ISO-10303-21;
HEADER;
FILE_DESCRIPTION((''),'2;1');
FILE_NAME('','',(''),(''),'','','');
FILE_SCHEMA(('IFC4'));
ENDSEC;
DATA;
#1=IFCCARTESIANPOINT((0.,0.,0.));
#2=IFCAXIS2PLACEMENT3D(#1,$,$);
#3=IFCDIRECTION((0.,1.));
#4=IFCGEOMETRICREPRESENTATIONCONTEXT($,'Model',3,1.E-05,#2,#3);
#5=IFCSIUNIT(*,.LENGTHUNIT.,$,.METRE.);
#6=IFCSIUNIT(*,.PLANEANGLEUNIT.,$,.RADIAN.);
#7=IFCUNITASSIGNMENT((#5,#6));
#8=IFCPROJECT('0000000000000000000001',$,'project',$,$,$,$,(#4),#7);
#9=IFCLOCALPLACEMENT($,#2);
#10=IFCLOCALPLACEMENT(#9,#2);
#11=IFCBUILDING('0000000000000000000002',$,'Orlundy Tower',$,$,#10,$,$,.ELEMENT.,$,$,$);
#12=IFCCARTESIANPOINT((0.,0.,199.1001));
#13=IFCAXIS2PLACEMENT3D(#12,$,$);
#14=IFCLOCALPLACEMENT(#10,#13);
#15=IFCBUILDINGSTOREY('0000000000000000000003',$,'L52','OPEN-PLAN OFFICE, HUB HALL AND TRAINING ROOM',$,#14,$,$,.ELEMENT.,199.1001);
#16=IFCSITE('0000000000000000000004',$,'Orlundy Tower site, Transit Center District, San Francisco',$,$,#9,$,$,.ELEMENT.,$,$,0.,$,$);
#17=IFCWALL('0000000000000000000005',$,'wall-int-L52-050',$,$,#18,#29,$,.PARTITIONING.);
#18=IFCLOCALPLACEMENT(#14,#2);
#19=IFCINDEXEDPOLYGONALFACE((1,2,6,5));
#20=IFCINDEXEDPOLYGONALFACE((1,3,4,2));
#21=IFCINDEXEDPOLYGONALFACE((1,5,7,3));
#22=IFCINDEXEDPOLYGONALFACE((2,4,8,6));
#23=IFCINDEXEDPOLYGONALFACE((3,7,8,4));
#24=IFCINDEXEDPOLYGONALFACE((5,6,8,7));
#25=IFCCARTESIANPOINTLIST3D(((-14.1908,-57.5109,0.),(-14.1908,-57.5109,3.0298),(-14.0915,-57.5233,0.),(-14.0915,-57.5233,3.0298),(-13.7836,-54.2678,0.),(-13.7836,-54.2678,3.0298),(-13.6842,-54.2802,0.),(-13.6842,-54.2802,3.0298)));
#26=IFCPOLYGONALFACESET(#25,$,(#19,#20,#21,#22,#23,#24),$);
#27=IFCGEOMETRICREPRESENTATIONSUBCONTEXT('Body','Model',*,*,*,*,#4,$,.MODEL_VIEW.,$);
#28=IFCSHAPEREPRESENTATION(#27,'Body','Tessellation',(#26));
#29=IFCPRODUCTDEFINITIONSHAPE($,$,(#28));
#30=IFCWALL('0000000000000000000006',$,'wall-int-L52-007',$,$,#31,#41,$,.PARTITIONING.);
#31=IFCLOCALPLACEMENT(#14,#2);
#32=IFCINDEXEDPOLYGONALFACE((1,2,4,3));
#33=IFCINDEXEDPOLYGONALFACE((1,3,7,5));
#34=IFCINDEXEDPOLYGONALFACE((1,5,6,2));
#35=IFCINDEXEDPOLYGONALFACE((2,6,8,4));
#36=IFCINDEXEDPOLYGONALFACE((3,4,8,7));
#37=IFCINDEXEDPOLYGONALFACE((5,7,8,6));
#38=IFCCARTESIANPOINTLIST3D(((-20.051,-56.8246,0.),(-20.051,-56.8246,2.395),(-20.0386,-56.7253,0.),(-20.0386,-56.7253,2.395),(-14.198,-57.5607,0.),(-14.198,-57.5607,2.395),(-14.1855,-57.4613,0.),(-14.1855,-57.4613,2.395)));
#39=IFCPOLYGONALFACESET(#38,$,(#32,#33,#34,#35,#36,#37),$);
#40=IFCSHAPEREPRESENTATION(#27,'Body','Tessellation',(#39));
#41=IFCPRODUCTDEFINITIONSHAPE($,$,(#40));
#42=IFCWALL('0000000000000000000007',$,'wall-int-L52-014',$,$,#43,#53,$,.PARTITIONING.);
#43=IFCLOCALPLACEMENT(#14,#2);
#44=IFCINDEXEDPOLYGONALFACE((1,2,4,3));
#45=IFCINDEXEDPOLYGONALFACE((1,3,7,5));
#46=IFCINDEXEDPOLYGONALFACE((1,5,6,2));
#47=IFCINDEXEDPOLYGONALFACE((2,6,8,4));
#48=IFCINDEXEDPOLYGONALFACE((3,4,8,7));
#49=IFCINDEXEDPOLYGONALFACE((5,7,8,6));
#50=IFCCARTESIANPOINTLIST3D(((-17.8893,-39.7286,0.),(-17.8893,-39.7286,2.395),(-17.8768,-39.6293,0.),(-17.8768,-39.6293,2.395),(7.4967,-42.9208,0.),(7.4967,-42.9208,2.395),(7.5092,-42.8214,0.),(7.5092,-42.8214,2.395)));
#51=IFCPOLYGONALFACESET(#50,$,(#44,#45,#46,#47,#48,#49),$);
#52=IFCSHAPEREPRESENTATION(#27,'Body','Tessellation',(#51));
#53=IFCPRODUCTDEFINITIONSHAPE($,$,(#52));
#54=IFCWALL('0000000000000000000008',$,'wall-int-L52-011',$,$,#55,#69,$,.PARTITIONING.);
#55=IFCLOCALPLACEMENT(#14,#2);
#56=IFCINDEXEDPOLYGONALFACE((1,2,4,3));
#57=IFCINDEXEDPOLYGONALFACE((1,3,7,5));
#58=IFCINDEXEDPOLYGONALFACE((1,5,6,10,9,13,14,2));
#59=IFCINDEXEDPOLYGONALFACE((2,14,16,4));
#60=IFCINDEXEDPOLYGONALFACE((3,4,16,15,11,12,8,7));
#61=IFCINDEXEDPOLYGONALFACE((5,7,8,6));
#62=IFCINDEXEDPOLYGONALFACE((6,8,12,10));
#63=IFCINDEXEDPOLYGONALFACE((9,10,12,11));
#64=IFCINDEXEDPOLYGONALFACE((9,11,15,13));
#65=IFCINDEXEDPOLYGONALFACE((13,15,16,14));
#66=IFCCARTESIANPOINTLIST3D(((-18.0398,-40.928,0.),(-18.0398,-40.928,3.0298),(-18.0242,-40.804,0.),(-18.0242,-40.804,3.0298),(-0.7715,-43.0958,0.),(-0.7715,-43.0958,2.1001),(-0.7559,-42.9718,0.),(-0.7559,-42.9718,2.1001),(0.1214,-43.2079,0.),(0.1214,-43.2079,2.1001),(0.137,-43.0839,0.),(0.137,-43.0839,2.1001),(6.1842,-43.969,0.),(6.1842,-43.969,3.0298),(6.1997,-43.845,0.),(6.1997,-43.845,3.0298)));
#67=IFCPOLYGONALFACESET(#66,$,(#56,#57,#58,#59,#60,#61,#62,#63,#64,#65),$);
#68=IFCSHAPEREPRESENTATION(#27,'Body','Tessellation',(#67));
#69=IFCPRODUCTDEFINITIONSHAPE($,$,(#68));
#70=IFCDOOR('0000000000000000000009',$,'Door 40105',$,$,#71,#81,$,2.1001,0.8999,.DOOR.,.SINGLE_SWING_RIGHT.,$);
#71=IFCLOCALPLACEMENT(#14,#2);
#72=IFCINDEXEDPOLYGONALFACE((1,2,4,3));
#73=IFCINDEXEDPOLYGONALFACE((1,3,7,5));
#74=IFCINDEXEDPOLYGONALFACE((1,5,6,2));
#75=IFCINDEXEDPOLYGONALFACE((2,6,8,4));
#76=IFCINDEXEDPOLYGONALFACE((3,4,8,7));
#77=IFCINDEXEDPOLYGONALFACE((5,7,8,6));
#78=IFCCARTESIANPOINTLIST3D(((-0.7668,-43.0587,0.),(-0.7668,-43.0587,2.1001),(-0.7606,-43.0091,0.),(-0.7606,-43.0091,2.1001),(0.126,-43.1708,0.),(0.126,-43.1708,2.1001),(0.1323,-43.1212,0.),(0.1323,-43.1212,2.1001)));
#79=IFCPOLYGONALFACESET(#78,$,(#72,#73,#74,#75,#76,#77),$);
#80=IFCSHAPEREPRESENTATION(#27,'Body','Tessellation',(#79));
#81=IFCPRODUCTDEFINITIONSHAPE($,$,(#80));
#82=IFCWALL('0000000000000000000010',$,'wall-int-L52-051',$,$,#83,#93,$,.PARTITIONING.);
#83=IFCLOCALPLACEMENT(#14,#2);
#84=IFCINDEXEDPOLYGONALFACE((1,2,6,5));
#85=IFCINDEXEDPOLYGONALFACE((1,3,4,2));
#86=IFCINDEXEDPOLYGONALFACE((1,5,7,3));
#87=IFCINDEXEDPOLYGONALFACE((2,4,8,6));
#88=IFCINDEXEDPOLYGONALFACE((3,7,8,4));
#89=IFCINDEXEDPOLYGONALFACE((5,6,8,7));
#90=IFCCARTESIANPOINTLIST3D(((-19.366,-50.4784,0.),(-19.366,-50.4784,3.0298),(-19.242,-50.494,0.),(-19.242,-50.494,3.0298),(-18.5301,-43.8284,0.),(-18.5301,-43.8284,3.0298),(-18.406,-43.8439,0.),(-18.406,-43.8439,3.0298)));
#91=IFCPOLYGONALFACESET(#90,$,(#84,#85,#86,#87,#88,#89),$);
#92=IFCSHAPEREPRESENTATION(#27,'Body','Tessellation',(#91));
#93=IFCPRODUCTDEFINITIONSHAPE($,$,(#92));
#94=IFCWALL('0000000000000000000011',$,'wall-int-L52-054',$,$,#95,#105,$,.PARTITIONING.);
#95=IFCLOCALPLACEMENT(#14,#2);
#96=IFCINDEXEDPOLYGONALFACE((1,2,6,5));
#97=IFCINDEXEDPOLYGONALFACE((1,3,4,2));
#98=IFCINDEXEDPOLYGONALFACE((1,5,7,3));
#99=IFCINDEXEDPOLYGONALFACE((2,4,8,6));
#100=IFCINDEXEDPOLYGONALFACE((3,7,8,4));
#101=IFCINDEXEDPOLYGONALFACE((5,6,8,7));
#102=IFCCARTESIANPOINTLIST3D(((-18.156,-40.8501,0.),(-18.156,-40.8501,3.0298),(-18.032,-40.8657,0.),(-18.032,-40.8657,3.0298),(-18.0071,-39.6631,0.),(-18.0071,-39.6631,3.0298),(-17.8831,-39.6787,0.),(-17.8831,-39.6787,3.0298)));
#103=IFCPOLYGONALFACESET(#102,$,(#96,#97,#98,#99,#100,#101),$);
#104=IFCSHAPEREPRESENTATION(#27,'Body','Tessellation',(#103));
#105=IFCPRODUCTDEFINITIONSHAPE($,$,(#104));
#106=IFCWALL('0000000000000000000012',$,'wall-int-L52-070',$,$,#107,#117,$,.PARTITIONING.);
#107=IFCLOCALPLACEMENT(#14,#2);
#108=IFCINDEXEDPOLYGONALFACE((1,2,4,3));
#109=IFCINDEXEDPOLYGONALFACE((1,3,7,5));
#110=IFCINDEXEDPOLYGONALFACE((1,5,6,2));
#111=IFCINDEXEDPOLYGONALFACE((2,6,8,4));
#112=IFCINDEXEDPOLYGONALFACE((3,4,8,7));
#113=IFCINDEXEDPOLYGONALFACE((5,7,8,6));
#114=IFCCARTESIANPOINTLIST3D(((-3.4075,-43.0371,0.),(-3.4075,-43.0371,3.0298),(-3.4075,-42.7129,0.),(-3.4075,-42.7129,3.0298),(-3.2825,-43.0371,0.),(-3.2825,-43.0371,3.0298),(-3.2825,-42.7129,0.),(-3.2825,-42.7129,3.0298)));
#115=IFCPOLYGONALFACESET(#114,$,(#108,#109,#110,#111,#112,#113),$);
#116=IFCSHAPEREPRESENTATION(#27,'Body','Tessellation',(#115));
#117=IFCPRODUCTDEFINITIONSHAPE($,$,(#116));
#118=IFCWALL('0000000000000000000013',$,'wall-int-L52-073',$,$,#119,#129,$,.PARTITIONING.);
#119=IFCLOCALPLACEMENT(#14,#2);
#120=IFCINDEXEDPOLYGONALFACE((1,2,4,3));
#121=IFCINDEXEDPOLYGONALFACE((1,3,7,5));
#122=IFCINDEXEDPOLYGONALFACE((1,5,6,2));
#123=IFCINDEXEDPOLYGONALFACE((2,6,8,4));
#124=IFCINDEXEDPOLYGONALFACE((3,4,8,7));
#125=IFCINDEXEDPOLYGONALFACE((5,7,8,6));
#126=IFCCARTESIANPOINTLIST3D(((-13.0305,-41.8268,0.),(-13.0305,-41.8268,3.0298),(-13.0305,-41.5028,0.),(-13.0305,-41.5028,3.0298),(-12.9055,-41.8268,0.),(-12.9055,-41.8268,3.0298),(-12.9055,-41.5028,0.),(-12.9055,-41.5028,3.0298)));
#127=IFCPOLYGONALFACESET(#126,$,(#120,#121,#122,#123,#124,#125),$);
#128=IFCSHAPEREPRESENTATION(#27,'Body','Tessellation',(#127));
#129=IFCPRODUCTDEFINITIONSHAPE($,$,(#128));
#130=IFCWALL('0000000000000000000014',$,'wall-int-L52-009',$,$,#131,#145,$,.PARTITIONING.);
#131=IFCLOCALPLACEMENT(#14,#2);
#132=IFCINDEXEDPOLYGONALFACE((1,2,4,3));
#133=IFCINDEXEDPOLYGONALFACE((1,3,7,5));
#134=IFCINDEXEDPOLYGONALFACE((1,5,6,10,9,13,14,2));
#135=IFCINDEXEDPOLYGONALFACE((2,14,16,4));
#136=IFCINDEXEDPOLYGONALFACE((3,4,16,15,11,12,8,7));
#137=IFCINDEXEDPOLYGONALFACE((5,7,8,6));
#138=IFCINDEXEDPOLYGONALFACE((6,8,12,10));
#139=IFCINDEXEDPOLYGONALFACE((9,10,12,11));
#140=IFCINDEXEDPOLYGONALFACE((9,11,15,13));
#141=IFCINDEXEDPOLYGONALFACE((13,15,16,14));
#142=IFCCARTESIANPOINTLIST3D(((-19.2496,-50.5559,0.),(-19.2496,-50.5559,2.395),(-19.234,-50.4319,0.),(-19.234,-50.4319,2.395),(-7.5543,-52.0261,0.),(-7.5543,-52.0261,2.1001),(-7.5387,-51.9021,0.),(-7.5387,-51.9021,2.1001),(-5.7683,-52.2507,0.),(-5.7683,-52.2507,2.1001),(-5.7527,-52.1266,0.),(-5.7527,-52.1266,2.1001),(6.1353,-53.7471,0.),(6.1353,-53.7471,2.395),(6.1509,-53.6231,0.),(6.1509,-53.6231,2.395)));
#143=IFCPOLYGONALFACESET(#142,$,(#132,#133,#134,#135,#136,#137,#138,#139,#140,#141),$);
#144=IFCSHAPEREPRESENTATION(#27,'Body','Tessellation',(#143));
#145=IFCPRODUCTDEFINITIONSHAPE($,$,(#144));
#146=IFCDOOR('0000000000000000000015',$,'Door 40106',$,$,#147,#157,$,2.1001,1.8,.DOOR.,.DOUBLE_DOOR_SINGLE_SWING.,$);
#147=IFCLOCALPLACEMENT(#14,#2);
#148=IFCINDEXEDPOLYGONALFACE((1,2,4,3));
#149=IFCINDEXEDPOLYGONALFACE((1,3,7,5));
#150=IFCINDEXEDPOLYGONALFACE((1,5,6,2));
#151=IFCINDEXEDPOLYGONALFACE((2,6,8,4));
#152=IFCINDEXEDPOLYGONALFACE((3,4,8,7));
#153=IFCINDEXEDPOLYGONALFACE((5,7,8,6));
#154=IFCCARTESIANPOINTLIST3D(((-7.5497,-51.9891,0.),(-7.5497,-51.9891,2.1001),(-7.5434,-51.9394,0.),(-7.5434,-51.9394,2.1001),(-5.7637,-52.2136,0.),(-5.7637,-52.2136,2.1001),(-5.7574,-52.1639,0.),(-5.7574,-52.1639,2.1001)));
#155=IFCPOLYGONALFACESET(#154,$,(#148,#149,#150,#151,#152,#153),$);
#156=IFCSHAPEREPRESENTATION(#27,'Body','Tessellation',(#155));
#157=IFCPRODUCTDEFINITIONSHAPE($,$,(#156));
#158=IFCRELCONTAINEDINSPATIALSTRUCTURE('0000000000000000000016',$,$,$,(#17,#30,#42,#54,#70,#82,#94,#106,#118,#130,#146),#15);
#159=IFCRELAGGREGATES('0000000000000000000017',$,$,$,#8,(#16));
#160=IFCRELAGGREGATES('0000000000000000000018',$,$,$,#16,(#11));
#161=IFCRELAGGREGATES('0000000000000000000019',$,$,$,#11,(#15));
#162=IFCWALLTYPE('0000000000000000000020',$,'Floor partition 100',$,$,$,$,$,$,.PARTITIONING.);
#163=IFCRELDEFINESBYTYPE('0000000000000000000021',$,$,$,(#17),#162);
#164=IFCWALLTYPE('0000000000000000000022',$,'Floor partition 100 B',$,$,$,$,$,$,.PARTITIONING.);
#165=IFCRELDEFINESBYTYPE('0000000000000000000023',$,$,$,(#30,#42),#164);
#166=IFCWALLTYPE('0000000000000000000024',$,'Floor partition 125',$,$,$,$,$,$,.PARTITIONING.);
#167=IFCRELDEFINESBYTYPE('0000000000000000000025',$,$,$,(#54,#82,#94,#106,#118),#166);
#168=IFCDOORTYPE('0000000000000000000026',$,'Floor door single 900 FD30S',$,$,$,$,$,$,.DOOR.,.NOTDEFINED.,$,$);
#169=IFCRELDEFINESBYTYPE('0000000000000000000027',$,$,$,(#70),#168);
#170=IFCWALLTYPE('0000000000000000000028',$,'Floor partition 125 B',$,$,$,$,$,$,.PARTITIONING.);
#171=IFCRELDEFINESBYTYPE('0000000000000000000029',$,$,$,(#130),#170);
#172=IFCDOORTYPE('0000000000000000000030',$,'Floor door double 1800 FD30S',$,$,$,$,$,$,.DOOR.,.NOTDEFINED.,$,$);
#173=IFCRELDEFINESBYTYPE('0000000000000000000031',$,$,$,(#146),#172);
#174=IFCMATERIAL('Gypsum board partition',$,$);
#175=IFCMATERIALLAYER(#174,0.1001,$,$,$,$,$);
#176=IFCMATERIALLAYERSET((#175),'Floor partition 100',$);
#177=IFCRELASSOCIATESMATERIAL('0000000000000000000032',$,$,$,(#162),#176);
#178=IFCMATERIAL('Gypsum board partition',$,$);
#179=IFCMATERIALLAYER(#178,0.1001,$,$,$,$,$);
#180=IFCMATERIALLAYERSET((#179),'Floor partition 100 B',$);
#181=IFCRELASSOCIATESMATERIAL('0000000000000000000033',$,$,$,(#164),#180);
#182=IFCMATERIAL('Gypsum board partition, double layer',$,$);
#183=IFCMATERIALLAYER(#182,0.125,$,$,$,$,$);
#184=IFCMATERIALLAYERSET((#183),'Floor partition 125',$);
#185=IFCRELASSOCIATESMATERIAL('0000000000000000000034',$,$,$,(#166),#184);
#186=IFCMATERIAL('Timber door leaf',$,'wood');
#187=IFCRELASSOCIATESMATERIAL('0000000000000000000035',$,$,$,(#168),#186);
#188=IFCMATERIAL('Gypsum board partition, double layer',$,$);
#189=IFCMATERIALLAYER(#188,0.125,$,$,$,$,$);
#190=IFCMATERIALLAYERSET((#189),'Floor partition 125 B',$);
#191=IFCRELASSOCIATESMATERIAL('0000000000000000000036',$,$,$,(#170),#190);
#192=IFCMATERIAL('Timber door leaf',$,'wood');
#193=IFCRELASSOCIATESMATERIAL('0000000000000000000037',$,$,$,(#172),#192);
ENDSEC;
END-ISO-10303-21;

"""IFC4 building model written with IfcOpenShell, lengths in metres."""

from ifc_helpers import new_model, si_unit, direction, frame, frame_2d, origin, place, context, subcontext, project, spatial, rectangle, extrude, material, layer, layer_set, type_object, element, fill, save


model = new_model("IFC4")

# Units and contexts
model_context = context("Model", 3, precision=1e-05, world=origin(), true_north=direction((0.0, 1.0)))
body_context = subcontext(model_context, "Body", "Model", "MODEL_VIEW")
ifc_project = project(units=[si_unit("LENGTHUNIT", "METRE"), si_unit("PLANEANGLEUNIT", "RADIAN")], contexts=[model_context])

# Site, building, storey
site_placement = place(None, origin())
site = spatial("IfcSite", under=ifc_project, at=site_placement, Name="Orlundy Tower site, Transit Center District, San Francisco", CompositionType="ELEMENT", RefElevation=0.0)
building_placement = place(site_placement, origin())
building = spatial("IfcBuilding", under=site, at=building_placement, Name="Orlundy Tower", CompositionType="ELEMENT")
storey_placement = place(building_placement, frame((0.0, 0.0, 199.1001)))
storey = spatial("IfcBuildingStorey", under=building, at=storey_placement, Name="L52", Description="OPEN-PLAN OFFICE, HUB HALL AND TRAINING ROOM", CompositionType="ELEMENT", Elevation=199.1001)

# Walls
ifc_material_1 = material(Name="Gypsum board partition")
ifc_layer_1 = layer(ifc_material_1, 0.1001)
ifc_layer_set_1 = layer_set([ifc_layer_1], Name="Floor partition 100")
wall_type_1 = type_object("IfcWallType", Name="Floor partition 100", PredefinedType="PARTITIONING", material=ifc_layer_set_1)
wall_1_placement = place(storey_placement, frame((-14.1411, -57.5171, 0.0), z_axis=(0.0, 0.0, 1.0), x_axis=(0.124586, 0.992209, 0.0)))
element("IfcWall", 1, at=wall_1_placement, inside=storey, type_object=wall_type_1, Name="wall-int-L52-050", PredefinedType="PARTITIONING", context=body_context, shape_type="SweptSolid", body=[
    extrude(rectangle(XDim=3.2686, YDim=0.1001, at=frame_2d((1.6343, 0.0))), origin(), (0.0, 0.0, 1.0), 3.0298),
])
ifc_material_2 = material(Name="Gypsum board partition")
ifc_layer_2 = layer(ifc_material_2, 0.1001)
ifc_layer_set_2 = layer_set([ifc_layer_2], Name="Floor partition 100 B")
wall_type_2 = type_object("IfcWallType", Name="Floor partition 100 B", PredefinedType="PARTITIONING", material=ifc_layer_set_2)
wall_2_placement = place(storey_placement, frame((-20.0449, -56.7749, 0.0), z_axis=(0.0, 0.0, 1.0), x_axis=(0.992185, -0.124778, 0.0)))
element("IfcWall", 2, at=wall_2_placement, inside=storey, type_object=wall_type_2, Name="wall-int-L52-007", PredefinedType="PARTITIONING", context=body_context, shape_type="SweptSolid", body=[
    extrude(rectangle(XDim=5.8992, YDim=0.1001, at=frame_2d((2.9497, 0.0))), origin(), (0.0, 0.0, 1.0), 2.395),
])
wall_3_placement = place(storey_placement, frame((-17.8831, -39.679, 0.0), z_axis=(0.0, 0.0, 1.0), x_axis=(0.992187, -0.124762, 0.0)))
element("IfcWall", 3, at=wall_3_placement, inside=storey, type_object=wall_type_2, Name="wall-int-L52-014", PredefinedType="PARTITIONING", context=body_context, shape_type="SweptSolid", body=[
    extrude(rectangle(XDim=25.5859, YDim=0.1001, at=frame_2d((12.793, 0.0))), origin(), (0.0, 0.0, 1.0), 2.395),
])

# Wall, opening, door
ifc_material_3 = material(Name="Gypsum board partition, double layer")
ifc_layer_3 = layer(ifc_material_3, 0.125)
ifc_layer_set_3 = layer_set([ifc_layer_3], Name="Floor partition 125")
wall_type_3 = type_object("IfcWallType", Name="Floor partition 125", PredefinedType="PARTITIONING", material=ifc_layer_set_3)
wall_4_placement = place(storey_placement, frame((-18.032, -40.866, 0.0), z_axis=(0.0, 0.0, 1.0), x_axis=(0.992212, -0.12456, 0.0)))
wall_4 = element("IfcWall", 4, at=wall_4_placement, inside=storey, type_object=wall_type_3, Name="wall-int-L52-011", PredefinedType="PARTITIONING", context=body_context, shape_type="SweptSolid", body=[
    extrude(rectangle(XDim=24.4141, YDim=0.125, at=frame_2d((12.207, 0.0))), origin(), (0.0, 0.0, 1.0), 3.0298),
])
opening_1_placement = place(wall_4_placement, frame((17.4038, 0.0, 0.0)))
opening_1 = element("IfcOpeningElement", 5, at=opening_1_placement, cuts=wall_4, PredefinedType="OPENING", context=body_context, shape_type="SweptSolid", body=[
    extrude(rectangle(XDim=0.8999, YDim=2.1001, at=frame_2d((0.45, 1.05))), frame((0.0, 0.0725, 0.0), z_axis=(0.0, -1.0, 0.0), x_axis=(1.0, 0.0, 0.0)), (0.0, 0.0, 1.0), 0.145),
])
ifc_material_4 = material(Name="Timber door leaf", Category="wood")
door_type_1 = type_object("IfcDoorType", Name="Floor door single 900 FD30S", OperationType="NOTDEFINED", PredefinedType="DOOR", material=ifc_material_4)
door_1_placement = place(opening_1_placement, origin())
door_1 = element("IfcDoor", 6, at=door_1_placement, inside=storey, type_object=door_type_1, Name="Door 40105", OperationType="SINGLE_SWING_RIGHT", OverallHeight=2.1001, OverallWidth=0.8999, PredefinedType="DOOR", context=body_context, shape_type="SweptSolid", body=[
    extrude(rectangle(XDim=0.8999, YDim=2.1001, at=frame_2d((0.45, 1.05))), frame((0.0, 0.0249, 0.0), z_axis=(0.0, -1.0, 0.0), x_axis=(1.0, 0.0, 0.0)), (0.0, 0.0, 1.0), 0.05),
])
fill(opening_1, door_1)

# Walls
wall_5_placement = place(storey_placement, frame((-19.304, -50.4861, 0.0), z_axis=(0.0, 0.0, 1.0), x_axis=(0.124721, 0.992192, 0.0)))
element("IfcWall", 7, at=wall_5_placement, inside=storey, type_object=wall_type_3, Name="wall-int-L52-051", PredefinedType="PARTITIONING", context=body_context, shape_type="SweptSolid", body=[
    extrude(rectangle(XDim=6.7024, YDim=0.125, at=frame_2d((3.3511, 0.0))), origin(), (0.0, 0.0, 1.0), 3.0298),
])
wall_6_placement = place(storey_placement, frame((-18.094, -40.8579, 0.0), z_axis=(0.0, 0.0, 1.0), x_axis=(0.124487, 0.992221, 0.0)))
element("IfcWall", 8, at=wall_6_placement, inside=storey, type_object=wall_type_3, Name="wall-int-L52-054", PredefinedType="PARTITIONING", context=body_context, shape_type="SweptSolid", body=[
    extrude(rectangle(XDim=1.1963, YDim=0.125, at=frame_2d((0.5981, 0.0))), origin(), (0.0, 0.0, 1.0), 3.0298),
])
wall_7_placement = place(storey_placement, frame((-3.345, -43.0371, 0.0), z_axis=(0.0, 0.0, 1.0), x_axis=(0.0, 1.0, 0.0)))
element("IfcWall", 9, at=wall_7_placement, inside=storey, type_object=wall_type_3, Name="wall-int-L52-070", PredefinedType="PARTITIONING", context=body_context, shape_type="SweptSolid", body=[
    extrude(rectangle(XDim=0.3242, YDim=0.125, at=frame_2d((0.1621, 0.0))), origin(), (0.0, 0.0, 1.0), 3.0298),
])
wall_8_placement = place(storey_placement, frame((-12.968, -41.8269, 0.0), z_axis=(0.0, 0.0, 1.0), x_axis=(0.0, 1.0, 0.0)))
element("IfcWall", 10, at=wall_8_placement, inside=storey, type_object=wall_type_3, Name="wall-int-L52-073", PredefinedType="PARTITIONING", context=body_context, shape_type="SweptSolid", body=[
    extrude(rectangle(XDim=0.324, YDim=0.125, at=frame_2d((0.1621, 0.0))), origin(), (0.0, 0.0, 1.0), 3.0298),
])

# Wall, opening, door
ifc_material_5 = material(Name="Gypsum board partition, double layer")
ifc_layer_4 = layer(ifc_material_5, 0.125)
ifc_layer_set_4 = layer_set([ifc_layer_4], Name="Floor partition 125 B")
wall_type_4 = type_object("IfcWallType", Name="Floor partition 125 B", PredefinedType="PARTITIONING", material=ifc_layer_set_4)
wall_9_placement = place(storey_placement, frame((-19.2419, -50.4939, 0.0), z_axis=(0.0, 0.0, 1.0), x_axis=(0.992191, -0.124729, 0.0)))
wall_9 = element("IfcWall", 11, at=wall_9_placement, inside=storey, type_object=wall_type_4, Name="wall-int-L52-009", PredefinedType="PARTITIONING", context=body_context, shape_type="SweptSolid", body=[
    extrude(rectangle(XDim=25.5847, YDim=0.125, at=frame_2d((12.7925, 0.0))), origin(), (0.0, 0.0, 1.0), 2.395),
])
opening_2_placement = place(wall_9_placement, frame((11.7876, 0.0, 0.0)))
opening_2 = element("IfcOpeningElement", 12, at=opening_2_placement, cuts=wall_9, PredefinedType="OPENING", context=body_context, shape_type="SweptSolid", body=[
    extrude(rectangle(XDim=1.8, YDim=2.1001, at=frame_2d((0.8999, 1.05))), frame((0.0, 0.0725, 0.0), z_axis=(0.0, -1.0, 0.0), x_axis=(1.0, 0.0, 0.0)), (0.0, 0.0, 1.0), 0.145),
])
ifc_material_6 = material(Name="Timber door leaf", Category="wood")
door_type_2 = type_object("IfcDoorType", Name="Floor door double 1800 FD30S", OperationType="NOTDEFINED", PredefinedType="DOOR", material=ifc_material_6)
door_2_placement = place(opening_2_placement, origin())
door_2 = element("IfcDoor", 13, at=door_2_placement, inside=storey, type_object=door_type_2, Name="Door 40106", OperationType="DOUBLE_DOOR_SINGLE_SWING", OverallHeight=2.1001, OverallWidth=1.8, PredefinedType="DOOR", context=body_context, shape_type="SweptSolid", body=[
    extrude(rectangle(XDim=1.8, YDim=2.1001, at=frame_2d((0.8999, 1.05))), frame((0.0, 0.0249, 0.0), z_axis=(0.0, -1.0, 0.0), x_axis=(1.0, 0.0, 0.0)), (0.0, 0.0, 1.0), 0.05),
])
fill(opening_2, door_2)

save(model, "model.ifc")
